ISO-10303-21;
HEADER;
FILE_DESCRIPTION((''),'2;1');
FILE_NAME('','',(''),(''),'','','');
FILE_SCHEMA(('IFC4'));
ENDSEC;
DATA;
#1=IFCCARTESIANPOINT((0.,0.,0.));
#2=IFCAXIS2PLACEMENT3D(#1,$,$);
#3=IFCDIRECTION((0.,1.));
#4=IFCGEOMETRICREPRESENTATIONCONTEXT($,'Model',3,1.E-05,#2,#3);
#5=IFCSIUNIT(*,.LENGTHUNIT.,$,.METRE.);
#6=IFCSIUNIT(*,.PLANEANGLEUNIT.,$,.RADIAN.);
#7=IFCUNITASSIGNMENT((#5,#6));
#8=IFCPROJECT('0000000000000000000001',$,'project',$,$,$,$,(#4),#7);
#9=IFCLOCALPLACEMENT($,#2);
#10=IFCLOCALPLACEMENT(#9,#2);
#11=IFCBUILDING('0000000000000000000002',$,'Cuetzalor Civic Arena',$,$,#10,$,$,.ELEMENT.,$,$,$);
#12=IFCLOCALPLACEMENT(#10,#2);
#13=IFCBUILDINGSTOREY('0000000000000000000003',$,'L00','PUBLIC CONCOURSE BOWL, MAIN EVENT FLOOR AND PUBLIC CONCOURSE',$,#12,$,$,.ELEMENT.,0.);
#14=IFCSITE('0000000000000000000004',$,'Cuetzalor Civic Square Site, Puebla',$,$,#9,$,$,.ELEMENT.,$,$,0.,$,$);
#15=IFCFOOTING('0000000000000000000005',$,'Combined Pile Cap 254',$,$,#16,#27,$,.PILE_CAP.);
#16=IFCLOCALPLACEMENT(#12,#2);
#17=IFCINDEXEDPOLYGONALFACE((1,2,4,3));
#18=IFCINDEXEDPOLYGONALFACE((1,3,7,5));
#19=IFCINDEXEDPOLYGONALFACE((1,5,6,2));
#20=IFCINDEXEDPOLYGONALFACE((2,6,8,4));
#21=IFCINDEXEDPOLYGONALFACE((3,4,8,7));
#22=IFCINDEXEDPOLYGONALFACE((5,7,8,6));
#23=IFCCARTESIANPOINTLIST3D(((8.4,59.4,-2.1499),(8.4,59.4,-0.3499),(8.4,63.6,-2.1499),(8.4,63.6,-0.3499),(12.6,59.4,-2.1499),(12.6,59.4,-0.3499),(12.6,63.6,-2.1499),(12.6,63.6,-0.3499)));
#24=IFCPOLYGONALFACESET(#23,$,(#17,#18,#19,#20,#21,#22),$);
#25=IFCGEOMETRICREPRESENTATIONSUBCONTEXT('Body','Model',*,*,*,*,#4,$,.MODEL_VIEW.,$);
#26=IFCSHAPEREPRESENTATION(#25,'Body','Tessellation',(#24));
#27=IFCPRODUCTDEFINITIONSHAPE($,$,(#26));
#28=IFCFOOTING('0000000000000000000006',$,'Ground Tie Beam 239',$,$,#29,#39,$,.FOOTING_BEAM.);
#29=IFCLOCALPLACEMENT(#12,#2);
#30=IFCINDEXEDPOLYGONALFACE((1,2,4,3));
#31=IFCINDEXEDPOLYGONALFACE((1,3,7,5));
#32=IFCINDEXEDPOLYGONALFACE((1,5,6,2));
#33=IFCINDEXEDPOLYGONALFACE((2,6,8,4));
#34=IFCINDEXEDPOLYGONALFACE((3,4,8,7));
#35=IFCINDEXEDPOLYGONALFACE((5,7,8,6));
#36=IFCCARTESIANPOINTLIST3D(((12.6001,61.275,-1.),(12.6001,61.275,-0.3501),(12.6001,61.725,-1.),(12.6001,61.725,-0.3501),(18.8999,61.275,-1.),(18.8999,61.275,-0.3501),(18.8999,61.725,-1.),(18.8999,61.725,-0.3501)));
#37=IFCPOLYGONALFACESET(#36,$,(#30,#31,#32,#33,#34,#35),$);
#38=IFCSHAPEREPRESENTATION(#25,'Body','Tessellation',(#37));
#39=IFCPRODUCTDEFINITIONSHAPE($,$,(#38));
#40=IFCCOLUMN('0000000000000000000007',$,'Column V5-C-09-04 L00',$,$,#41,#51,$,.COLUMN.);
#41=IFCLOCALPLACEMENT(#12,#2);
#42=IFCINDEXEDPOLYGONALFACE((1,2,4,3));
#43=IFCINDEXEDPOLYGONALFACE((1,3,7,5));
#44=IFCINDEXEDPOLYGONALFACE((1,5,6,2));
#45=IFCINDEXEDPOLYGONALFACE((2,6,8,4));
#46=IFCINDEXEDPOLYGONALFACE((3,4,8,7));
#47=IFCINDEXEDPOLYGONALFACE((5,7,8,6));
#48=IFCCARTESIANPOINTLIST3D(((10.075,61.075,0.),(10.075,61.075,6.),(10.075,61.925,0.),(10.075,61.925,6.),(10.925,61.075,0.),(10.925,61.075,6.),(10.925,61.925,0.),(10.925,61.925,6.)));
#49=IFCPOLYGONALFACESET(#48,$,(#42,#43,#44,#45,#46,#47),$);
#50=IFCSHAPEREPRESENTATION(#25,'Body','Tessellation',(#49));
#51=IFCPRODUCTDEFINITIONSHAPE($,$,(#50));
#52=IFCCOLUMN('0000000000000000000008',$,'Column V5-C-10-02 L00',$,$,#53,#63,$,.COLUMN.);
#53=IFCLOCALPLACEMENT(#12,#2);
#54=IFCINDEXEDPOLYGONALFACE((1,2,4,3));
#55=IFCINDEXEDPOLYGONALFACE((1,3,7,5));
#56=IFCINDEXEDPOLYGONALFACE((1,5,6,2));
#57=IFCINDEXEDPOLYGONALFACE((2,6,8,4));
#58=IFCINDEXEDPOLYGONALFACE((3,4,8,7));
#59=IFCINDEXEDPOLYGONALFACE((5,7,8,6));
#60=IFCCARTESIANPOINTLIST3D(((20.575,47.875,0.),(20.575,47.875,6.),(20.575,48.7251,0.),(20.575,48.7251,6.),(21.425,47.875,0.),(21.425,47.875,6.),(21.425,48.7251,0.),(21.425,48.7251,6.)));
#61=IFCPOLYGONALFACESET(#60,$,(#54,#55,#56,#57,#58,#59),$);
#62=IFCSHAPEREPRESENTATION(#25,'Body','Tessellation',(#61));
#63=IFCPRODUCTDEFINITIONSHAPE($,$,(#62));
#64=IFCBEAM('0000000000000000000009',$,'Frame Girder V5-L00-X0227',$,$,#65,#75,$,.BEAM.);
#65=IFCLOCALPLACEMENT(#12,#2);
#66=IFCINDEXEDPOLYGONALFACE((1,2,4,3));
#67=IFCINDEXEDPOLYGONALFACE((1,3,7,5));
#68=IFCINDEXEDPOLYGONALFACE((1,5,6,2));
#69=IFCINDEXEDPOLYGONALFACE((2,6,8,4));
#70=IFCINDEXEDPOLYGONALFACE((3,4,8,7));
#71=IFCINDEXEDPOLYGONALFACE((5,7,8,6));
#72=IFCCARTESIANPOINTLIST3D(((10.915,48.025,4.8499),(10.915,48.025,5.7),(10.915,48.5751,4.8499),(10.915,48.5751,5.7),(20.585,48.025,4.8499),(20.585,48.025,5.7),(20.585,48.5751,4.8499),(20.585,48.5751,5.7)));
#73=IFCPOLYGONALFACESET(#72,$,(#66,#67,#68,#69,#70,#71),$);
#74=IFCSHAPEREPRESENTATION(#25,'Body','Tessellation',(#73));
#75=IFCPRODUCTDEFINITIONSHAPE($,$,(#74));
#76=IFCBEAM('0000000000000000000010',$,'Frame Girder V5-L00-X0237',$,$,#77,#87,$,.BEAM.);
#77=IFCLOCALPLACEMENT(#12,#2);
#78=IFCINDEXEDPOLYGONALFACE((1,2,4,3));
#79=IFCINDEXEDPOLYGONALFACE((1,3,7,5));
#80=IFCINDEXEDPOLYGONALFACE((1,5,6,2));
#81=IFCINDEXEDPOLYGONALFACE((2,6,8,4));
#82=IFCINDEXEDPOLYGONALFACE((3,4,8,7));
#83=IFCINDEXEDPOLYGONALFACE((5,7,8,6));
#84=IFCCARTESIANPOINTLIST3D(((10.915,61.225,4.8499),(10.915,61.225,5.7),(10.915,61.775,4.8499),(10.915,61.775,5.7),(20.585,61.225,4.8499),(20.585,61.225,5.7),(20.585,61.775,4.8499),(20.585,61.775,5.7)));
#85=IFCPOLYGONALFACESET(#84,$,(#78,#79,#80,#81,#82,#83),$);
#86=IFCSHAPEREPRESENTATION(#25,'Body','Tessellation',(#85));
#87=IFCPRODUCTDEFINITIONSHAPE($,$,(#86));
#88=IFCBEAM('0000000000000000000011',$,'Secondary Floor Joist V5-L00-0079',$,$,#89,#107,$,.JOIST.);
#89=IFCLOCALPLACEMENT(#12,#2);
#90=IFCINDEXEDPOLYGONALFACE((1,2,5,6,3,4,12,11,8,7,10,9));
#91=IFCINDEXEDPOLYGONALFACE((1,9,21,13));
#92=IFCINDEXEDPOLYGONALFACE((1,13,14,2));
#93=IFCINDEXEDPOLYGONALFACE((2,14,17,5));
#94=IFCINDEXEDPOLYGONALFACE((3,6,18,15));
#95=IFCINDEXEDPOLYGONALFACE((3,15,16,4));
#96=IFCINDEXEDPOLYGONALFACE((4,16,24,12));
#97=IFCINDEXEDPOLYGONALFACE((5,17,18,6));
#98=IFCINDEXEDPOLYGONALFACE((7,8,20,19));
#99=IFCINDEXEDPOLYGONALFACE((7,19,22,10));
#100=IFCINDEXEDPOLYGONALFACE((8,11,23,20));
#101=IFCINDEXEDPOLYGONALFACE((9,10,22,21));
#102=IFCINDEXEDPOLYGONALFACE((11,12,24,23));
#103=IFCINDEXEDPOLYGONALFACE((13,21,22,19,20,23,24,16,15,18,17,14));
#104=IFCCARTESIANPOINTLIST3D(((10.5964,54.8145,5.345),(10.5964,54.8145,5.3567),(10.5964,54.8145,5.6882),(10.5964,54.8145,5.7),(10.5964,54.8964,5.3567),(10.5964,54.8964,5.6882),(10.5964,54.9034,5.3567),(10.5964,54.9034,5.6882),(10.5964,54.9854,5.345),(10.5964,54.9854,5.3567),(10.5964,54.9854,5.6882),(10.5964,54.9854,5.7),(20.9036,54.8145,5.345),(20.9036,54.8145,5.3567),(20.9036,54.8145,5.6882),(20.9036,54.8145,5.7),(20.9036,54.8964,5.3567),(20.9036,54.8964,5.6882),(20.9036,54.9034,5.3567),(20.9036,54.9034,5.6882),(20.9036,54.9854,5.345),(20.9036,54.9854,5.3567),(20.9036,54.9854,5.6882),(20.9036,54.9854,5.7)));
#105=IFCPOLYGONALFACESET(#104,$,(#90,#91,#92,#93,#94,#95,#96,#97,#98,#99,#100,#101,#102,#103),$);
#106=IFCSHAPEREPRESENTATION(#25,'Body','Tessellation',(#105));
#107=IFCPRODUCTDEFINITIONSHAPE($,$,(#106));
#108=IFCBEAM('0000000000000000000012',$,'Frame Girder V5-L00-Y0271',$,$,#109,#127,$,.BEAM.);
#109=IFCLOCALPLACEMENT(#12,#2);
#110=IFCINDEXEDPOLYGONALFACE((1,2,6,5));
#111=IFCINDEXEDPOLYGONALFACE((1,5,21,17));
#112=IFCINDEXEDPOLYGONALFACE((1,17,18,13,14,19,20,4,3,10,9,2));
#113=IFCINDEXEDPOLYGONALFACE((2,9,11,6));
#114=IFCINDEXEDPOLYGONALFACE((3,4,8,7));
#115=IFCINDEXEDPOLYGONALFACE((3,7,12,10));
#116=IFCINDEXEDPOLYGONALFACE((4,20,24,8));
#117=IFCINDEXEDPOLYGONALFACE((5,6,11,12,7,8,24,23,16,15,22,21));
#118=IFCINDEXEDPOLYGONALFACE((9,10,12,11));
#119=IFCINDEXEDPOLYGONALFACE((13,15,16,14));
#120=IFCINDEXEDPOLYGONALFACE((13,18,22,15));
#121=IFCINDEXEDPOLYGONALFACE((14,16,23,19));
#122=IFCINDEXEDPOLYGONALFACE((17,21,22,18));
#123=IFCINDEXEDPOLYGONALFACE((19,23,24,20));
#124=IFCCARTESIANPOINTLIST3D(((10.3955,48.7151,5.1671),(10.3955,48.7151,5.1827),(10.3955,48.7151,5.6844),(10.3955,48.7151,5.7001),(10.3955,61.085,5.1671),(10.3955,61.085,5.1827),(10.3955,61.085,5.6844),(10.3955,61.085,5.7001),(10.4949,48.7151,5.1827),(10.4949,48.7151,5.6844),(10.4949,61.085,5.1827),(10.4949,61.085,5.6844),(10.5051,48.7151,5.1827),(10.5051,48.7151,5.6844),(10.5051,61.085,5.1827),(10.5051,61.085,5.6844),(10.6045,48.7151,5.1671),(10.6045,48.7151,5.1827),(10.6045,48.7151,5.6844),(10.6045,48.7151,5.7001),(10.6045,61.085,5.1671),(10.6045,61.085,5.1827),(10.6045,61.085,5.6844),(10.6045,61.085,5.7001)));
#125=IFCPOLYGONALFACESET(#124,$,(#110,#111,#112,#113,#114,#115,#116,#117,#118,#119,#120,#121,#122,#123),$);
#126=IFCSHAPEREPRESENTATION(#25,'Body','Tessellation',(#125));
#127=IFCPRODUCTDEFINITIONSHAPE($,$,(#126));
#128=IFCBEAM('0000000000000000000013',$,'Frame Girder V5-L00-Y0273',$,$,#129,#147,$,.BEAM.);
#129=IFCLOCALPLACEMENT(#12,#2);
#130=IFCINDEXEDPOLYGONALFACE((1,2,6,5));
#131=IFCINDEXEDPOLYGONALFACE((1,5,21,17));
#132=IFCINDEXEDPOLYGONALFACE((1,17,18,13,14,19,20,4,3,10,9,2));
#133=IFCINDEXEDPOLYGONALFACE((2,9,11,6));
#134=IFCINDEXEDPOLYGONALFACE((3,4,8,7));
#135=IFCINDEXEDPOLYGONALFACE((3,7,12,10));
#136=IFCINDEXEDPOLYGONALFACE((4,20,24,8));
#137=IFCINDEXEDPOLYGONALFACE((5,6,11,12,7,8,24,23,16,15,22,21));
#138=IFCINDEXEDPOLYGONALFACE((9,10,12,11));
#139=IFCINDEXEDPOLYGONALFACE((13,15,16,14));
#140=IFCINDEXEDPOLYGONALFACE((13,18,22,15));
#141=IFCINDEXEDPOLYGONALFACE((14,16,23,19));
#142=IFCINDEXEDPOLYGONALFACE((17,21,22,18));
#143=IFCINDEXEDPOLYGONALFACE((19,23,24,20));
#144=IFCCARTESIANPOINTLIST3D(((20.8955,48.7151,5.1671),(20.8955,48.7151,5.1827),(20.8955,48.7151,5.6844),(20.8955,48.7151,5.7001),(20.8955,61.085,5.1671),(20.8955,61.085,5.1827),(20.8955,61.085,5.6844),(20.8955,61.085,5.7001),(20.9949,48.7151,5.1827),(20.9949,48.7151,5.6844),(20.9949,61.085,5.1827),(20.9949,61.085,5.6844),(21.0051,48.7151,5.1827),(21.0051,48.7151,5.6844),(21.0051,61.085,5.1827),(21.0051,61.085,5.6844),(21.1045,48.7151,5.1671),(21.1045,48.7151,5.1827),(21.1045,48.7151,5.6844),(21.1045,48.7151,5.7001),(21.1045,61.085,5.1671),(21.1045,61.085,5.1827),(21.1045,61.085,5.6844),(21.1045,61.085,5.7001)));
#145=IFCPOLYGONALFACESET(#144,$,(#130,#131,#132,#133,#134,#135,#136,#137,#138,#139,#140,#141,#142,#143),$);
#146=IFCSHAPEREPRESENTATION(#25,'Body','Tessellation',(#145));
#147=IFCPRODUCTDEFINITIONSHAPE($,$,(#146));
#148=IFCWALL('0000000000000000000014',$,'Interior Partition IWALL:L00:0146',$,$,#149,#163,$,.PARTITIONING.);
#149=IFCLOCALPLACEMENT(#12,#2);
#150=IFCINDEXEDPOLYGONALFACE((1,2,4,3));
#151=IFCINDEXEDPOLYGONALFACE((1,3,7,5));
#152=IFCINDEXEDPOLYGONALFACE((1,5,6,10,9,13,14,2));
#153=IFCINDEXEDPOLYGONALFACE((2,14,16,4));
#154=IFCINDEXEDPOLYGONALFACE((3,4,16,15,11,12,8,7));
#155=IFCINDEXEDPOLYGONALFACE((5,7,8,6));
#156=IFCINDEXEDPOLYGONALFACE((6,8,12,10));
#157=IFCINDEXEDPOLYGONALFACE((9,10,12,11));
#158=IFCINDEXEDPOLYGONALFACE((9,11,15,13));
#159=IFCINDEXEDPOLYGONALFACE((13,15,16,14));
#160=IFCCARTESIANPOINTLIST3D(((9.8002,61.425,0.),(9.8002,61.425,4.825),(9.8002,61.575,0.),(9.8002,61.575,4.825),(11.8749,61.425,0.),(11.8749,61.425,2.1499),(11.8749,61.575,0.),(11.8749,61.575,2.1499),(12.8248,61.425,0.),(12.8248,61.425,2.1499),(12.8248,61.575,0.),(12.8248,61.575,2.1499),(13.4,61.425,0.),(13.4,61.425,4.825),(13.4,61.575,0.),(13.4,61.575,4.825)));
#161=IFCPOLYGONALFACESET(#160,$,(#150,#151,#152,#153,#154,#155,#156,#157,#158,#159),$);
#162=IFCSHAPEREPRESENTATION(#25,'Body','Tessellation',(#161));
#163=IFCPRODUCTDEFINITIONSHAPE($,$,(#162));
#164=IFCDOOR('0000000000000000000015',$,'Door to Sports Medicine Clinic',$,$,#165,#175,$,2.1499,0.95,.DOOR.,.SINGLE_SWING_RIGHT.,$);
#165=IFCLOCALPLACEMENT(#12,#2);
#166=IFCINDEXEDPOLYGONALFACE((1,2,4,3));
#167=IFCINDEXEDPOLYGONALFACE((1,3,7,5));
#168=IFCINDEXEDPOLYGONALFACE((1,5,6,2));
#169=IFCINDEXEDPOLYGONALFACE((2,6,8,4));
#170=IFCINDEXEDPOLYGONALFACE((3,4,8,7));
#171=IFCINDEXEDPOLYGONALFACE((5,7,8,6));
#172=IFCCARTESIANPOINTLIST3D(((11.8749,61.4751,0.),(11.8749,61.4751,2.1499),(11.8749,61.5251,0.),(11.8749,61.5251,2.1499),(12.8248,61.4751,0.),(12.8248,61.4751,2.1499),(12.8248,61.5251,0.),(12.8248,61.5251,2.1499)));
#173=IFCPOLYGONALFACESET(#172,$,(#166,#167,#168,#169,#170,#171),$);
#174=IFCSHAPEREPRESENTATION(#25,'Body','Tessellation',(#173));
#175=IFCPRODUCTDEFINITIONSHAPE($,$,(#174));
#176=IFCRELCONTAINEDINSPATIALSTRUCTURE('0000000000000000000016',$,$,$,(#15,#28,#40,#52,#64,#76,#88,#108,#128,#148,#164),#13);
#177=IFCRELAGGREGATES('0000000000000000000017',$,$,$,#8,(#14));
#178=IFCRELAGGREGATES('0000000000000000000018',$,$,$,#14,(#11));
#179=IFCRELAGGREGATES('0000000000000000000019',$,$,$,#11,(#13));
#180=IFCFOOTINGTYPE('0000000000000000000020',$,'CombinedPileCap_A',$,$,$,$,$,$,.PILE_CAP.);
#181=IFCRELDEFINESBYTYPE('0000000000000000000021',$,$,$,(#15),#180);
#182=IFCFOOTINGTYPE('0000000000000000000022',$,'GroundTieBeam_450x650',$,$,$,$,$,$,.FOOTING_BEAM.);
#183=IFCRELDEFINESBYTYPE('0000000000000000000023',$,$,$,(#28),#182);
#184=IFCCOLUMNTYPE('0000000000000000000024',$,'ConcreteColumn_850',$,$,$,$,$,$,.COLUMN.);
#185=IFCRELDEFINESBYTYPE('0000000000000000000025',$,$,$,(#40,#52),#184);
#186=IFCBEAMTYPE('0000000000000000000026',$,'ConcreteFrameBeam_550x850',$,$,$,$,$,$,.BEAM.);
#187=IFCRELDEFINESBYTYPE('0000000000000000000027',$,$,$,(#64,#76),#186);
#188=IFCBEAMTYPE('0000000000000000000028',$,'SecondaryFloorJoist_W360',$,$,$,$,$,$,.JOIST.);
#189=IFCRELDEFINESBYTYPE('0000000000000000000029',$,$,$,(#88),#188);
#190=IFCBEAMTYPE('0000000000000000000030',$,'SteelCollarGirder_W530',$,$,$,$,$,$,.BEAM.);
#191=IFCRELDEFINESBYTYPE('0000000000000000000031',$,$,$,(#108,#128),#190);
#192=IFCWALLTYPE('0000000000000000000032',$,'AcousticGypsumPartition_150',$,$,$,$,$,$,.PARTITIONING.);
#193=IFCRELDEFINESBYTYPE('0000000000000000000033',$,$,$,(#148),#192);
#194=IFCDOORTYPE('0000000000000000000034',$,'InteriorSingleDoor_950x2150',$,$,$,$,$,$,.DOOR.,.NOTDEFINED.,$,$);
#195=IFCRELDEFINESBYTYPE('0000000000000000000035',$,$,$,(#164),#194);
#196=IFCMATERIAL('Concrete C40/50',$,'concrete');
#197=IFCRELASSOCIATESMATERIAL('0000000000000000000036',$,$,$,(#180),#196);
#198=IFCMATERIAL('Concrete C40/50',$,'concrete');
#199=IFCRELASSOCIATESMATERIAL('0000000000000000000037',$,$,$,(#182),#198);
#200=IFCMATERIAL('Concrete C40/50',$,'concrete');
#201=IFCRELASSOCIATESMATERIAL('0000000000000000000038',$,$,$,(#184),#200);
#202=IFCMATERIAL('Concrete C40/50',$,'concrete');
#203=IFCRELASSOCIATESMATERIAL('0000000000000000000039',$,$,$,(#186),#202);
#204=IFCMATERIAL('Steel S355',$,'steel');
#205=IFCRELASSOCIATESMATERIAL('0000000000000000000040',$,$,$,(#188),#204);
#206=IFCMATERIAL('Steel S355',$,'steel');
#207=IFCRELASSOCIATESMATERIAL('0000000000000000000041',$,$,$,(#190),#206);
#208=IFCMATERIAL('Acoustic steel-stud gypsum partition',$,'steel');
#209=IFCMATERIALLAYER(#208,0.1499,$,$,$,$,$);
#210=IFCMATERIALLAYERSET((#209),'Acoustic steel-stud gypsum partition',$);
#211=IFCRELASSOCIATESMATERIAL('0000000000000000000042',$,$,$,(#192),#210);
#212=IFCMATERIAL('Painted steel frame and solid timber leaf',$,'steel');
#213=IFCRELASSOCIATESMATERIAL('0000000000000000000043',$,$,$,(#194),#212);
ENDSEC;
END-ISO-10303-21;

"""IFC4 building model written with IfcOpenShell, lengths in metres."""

from ifc_helpers import new_model, si_unit, direction, frame, frame_2d, origin, origin_2d, place, context, subcontext, project, spatial, rectangle, i_section, extrude, material, layer, layer_set, material_profile, profile_set, type_object, element, fill, save


model = new_model("IFC4")

# Units and contexts
model_context = context("Model", 3, precision=1e-05, world=origin(), true_north=direction((0.0, 1.0)))
body_context = subcontext(model_context, "Body", "Model", "MODEL_VIEW")
ifc_project = project(units=[si_unit("LENGTHUNIT", "METRE"), si_unit("PLANEANGLEUNIT", "RADIAN")], contexts=[model_context])

# Site, building, storey
site_placement = place(None, origin())
site = spatial("IfcSite", under=ifc_project, at=site_placement, Name="Cuetzalor Civic Square Site, Puebla", CompositionType="ELEMENT", RefElevation=0.0)
building_placement = place(site_placement, origin())
building = spatial("IfcBuilding", under=site, at=building_placement, Name="Cuetzalor Civic Arena", CompositionType="ELEMENT")
storey_placement = place(building_placement, origin())
storey = spatial("IfcBuildingStorey", under=building, at=storey_placement, Name="L00", Description="PUBLIC CONCOURSE BOWL, MAIN EVENT FLOOR AND PUBLIC CONCOURSE", CompositionType="ELEMENT", Elevation=0.0)

# Footings
ifc_material_1 = material(Name="Concrete C40/50", Category="concrete")
footing_type_1 = type_object("IfcFootingType", Name="CombinedPileCap_A", PredefinedType="PILE_CAP", material=ifc_material_1)
for number, where, z_axis, x_axis, name in (
    (1, (10.5, 61.5, -2.1499), (0.0, 0.0, 1.0), (1.0, 0.0, 0.0), "Combined Pile Cap 254"),
):
    element("IfcFooting", number, at=place(storey_placement, frame(where, z_axis=z_axis, x_axis=x_axis)), inside=storey, type_object=footing_type_1, Name=name, PredefinedType="PILE_CAP", context=body_context, shape_type="SweptSolid", body=[
        extrude(rectangle(XDim=4.2, YDim=4.2, at=origin_2d()), origin(), (0.0, 0.0, 1.0), 1.8),
    ])
ifc_material_2 = material(Name="Concrete C40/50", Category="concrete")
ifc_material_profile_1 = material_profile(ifc_material_2, rectangle(XDim=0.45, YDim=0.6499, at=origin_2d()), Name="RC 450x650")
ifc_profile_set_1 = profile_set([ifc_material_profile_1], Name="Concrete C40/50")
footing_type_2 = type_object("IfcFootingType", Name="GroundTieBeam_450x650", PredefinedType="FOOTING_BEAM", material=ifc_profile_set_1)
footing_placement = place(storey_placement, frame((12.6001, 61.5, -0.675), z_axis=(1.0, 0.0, 0.0), x_axis=(0.0, 1.0, 0.0)))
element("IfcFooting", 2, at=footing_placement, inside=storey, type_object=footing_type_2, Name="Ground Tie Beam 239", PredefinedType="FOOTING_BEAM", context=body_context, shape_type="SweptSolid", body=[
    extrude(rectangle(XDim=0.45, YDim=0.6499, at=origin_2d()), origin(), (0.0, 0.0, 1.0), 6.2998),
])

# Columns
ifc_material_3 = material(Name="Concrete C40/50", Category="concrete")
ifc_material_profile_2 = material_profile(ifc_material_3, rectangle(XDim=0.8501, YDim=0.8501, at=origin_2d()), Name="RC 850x850")
ifc_profile_set_2 = profile_set([ifc_material_profile_2], Name="Concrete C40/50")
column_type = type_object("IfcColumnType", Name="ConcreteColumn_850", PredefinedType="COLUMN", material=ifc_profile_set_2)
for number, where, z_axis, x_axis, name in (
    (3, (10.5, 61.5, 0.0), (0.0, 0.0, 1.0), (1.0, 0.0, 0.0), "Column V5-C-09-04 L00"),
    (4, (21.0, 48.3, 0.0), (0.0, 0.0, 1.0), (1.0, 0.0, 0.0), "Column V5-C-10-02 L00"),
):
    element("IfcColumn", number, at=place(storey_placement, frame(where, z_axis=z_axis, x_axis=x_axis)), inside=storey, type_object=column_type, Name=name, PredefinedType="COLUMN", context=body_context, shape_type="SweptSolid", body=[
        extrude(rectangle(XDim=0.8501, YDim=0.8501, at=origin_2d()), origin(), (0.0, 0.0, 1.0), 6.0),
    ])

# Beams
ifc_material_4 = material(Name="Concrete C40/50", Category="concrete")
ifc_material_profile_3 = material_profile(ifc_material_4, rectangle(XDim=0.55, YDim=0.8501, at=origin_2d()), Name="RC 550x850")
ifc_profile_set_3 = profile_set([ifc_material_profile_3], Name="Concrete C40/50")
beam_type_1 = type_object("IfcBeamType", Name="ConcreteFrameBeam_550x850", PredefinedType="BEAM", material=ifc_profile_set_3)
for number, where, z_axis, x_axis, name in (
    (5, (10.915, 48.3, 5.2749), (1.0, 0.0, 0.0), (0.0, 1.0, 0.0), "Frame Girder V5-L00-X0227"),
    (6, (10.915, 61.5, 5.2749), (1.0, 0.0, 0.0), (0.0, 1.0, 0.0), "Frame Girder V5-L00-X0237"),
):
    element("IfcBeam", number, at=place(storey_placement, frame(where, z_axis=z_axis, x_axis=x_axis)), inside=storey, type_object=beam_type_1, Name=name, PredefinedType="BEAM", context=body_context, shape_type="SweptSolid", body=[
        extrude(rectangle(XDim=0.55, YDim=0.8501, at=origin_2d()), origin(), (0.0, 0.0, 1.0), 9.6699),
    ])
ifc_material_5 = material(Name="Steel S355", Category="steel")
ifc_material_profile_4 = material_profile(ifc_material_5, i_section(OverallWidth=0.1709, OverallDepth=0.355, WebThickness=0.0071, FlangeThickness=0.0117, at=origin_2d()), Name="W360x51")
ifc_profile_set_4 = profile_set([ifc_material_profile_4], Name="Steel S355")
beam_type_2 = type_object("IfcBeamType", Name="SecondaryFloorJoist_W360", PredefinedType="JOIST", material=ifc_profile_set_4)
beam_placement = place(storey_placement, frame((10.5964, 54.8999, 5.5225), z_axis=(1.0, 0.0, 0.0), x_axis=(0.0, 1.0, 0.0)))
element("IfcBeam", 7, at=beam_placement, inside=storey, type_object=beam_type_2, Name="Secondary Floor Joist V5-L00-0079", PredefinedType="JOIST", context=body_context, shape_type="SweptSolid", body=[
    extrude(i_section(OverallWidth=0.1709, OverallDepth=0.355, WebThickness=0.0071, FlangeThickness=0.0117, at=origin_2d()), origin(), (0.0, 0.0, 1.0), 10.3071),
])
ifc_material_6 = material(Name="Steel S355", Category="steel")
ifc_material_profile_5 = material_profile(ifc_material_6, i_section(OverallWidth=0.209, OverallDepth=0.533, WebThickness=0.0103, FlangeThickness=0.0156, at=origin_2d()), Name="W530x92")
ifc_profile_set_5 = profile_set([ifc_material_profile_5], Name="Steel S355")
beam_type_3 = type_object("IfcBeamType", Name="SteelCollarGirder_W530", PredefinedType="BEAM", material=ifc_profile_set_5)
for number, where, z_axis, x_axis, name in (
    (8, (10.5, 48.7151, 5.4336), (0.0, 1.0, 0.0), (-1.0, 0.0, 0.0), "Frame Girder V5-L00-Y0271"),
    (9, (21.0, 48.7151, 5.4336), (0.0, 1.0, 0.0), (-1.0, 0.0, 0.0), "Frame Girder V5-L00-Y0273"),
):
    element("IfcBeam", number, at=place(storey_placement, frame(where, z_axis=z_axis, x_axis=x_axis)), inside=storey, type_object=beam_type_3, Name=name, PredefinedType="BEAM", context=body_context, shape_type="SweptSolid", body=[
        extrude(i_section(OverallWidth=0.209, OverallDepth=0.533, WebThickness=0.0103, FlangeThickness=0.0156, at=origin_2d()), origin(), (0.0, 0.0, 1.0), 12.3699),
    ])

# Wall, opening, door
ifc_material_7 = material(Name="Acoustic steel-stud gypsum partition", Category="steel")
ifc_layer = layer(ifc_material_7, 0.1499)
ifc_layer_set = layer_set([ifc_layer], Name="Acoustic steel-stud gypsum partition")
wall_type = type_object("IfcWallType", Name="AcousticGypsumPartition_150", PredefinedType="PARTITIONING", material=ifc_layer_set)
wall_1_placement = place(storey_placement, frame((13.3999, 61.5, 0.0), z_axis=(0.0, 0.0, 1.0), x_axis=(-1.0, 0.0, 0.0)))
wall_1 = element("IfcWall", 10, at=wall_1_placement, inside=storey, type_object=wall_type, Name="Interior Partition IWALL:L00:0146", PredefinedType="PARTITIONING", context=body_context, shape_type="SweptSolid", body=[
    extrude(rectangle(XDim=3.5999, YDim=0.1499, at=frame_2d((1.7998, 0.0))), origin(), (0.0, 0.0, 1.0), 4.825),
])
opening_1_placement = place(wall_1_placement, frame((0.575, 0.0, 0.0)))
opening_1 = element("IfcOpeningElement", 11, at=opening_1_placement, cuts=wall_1, PredefinedType="OPENING", context=body_context, shape_type="SweptSolid", body=[
    extrude(rectangle(XDim=0.95, YDim=2.1499, at=frame_2d((0.4751, 1.075))), frame((0.0, 0.085, 0.0), z_axis=(0.0, -1.0, 0.0), x_axis=(1.0, 0.0, 0.0)), (0.0, 0.0, 1.0), 0.1699),
])
ifc_material_8 = material(Name="Painted steel frame and solid timber leaf", Category="steel")
door_type = type_object("IfcDoorType", Name="InteriorSingleDoor_950x2150", OperationType="NOTDEFINED", PredefinedType="DOOR", material=ifc_material_8)
door_1_placement = place(opening_1_placement, origin())
door_1 = element("IfcDoor", 12, at=door_1_placement, inside=storey, type_object=door_type, Name="Door to Sports Medicine Clinic", OperationType="SINGLE_SWING_RIGHT", OverallHeight=2.1499, OverallWidth=0.95, PredefinedType="DOOR", context=body_context, shape_type="SweptSolid", body=[
    extrude(rectangle(XDim=0.95, YDim=2.1499, at=frame_2d((0.4751, 1.075))), frame((0.0, 0.0249, 0.0), z_axis=(0.0, -1.0, 0.0), x_axis=(1.0, 0.0, 0.0)), (0.0, 0.0, 1.0), 0.05),
])
fill(opening_1, door_1)

save(model, "model.ifc")
